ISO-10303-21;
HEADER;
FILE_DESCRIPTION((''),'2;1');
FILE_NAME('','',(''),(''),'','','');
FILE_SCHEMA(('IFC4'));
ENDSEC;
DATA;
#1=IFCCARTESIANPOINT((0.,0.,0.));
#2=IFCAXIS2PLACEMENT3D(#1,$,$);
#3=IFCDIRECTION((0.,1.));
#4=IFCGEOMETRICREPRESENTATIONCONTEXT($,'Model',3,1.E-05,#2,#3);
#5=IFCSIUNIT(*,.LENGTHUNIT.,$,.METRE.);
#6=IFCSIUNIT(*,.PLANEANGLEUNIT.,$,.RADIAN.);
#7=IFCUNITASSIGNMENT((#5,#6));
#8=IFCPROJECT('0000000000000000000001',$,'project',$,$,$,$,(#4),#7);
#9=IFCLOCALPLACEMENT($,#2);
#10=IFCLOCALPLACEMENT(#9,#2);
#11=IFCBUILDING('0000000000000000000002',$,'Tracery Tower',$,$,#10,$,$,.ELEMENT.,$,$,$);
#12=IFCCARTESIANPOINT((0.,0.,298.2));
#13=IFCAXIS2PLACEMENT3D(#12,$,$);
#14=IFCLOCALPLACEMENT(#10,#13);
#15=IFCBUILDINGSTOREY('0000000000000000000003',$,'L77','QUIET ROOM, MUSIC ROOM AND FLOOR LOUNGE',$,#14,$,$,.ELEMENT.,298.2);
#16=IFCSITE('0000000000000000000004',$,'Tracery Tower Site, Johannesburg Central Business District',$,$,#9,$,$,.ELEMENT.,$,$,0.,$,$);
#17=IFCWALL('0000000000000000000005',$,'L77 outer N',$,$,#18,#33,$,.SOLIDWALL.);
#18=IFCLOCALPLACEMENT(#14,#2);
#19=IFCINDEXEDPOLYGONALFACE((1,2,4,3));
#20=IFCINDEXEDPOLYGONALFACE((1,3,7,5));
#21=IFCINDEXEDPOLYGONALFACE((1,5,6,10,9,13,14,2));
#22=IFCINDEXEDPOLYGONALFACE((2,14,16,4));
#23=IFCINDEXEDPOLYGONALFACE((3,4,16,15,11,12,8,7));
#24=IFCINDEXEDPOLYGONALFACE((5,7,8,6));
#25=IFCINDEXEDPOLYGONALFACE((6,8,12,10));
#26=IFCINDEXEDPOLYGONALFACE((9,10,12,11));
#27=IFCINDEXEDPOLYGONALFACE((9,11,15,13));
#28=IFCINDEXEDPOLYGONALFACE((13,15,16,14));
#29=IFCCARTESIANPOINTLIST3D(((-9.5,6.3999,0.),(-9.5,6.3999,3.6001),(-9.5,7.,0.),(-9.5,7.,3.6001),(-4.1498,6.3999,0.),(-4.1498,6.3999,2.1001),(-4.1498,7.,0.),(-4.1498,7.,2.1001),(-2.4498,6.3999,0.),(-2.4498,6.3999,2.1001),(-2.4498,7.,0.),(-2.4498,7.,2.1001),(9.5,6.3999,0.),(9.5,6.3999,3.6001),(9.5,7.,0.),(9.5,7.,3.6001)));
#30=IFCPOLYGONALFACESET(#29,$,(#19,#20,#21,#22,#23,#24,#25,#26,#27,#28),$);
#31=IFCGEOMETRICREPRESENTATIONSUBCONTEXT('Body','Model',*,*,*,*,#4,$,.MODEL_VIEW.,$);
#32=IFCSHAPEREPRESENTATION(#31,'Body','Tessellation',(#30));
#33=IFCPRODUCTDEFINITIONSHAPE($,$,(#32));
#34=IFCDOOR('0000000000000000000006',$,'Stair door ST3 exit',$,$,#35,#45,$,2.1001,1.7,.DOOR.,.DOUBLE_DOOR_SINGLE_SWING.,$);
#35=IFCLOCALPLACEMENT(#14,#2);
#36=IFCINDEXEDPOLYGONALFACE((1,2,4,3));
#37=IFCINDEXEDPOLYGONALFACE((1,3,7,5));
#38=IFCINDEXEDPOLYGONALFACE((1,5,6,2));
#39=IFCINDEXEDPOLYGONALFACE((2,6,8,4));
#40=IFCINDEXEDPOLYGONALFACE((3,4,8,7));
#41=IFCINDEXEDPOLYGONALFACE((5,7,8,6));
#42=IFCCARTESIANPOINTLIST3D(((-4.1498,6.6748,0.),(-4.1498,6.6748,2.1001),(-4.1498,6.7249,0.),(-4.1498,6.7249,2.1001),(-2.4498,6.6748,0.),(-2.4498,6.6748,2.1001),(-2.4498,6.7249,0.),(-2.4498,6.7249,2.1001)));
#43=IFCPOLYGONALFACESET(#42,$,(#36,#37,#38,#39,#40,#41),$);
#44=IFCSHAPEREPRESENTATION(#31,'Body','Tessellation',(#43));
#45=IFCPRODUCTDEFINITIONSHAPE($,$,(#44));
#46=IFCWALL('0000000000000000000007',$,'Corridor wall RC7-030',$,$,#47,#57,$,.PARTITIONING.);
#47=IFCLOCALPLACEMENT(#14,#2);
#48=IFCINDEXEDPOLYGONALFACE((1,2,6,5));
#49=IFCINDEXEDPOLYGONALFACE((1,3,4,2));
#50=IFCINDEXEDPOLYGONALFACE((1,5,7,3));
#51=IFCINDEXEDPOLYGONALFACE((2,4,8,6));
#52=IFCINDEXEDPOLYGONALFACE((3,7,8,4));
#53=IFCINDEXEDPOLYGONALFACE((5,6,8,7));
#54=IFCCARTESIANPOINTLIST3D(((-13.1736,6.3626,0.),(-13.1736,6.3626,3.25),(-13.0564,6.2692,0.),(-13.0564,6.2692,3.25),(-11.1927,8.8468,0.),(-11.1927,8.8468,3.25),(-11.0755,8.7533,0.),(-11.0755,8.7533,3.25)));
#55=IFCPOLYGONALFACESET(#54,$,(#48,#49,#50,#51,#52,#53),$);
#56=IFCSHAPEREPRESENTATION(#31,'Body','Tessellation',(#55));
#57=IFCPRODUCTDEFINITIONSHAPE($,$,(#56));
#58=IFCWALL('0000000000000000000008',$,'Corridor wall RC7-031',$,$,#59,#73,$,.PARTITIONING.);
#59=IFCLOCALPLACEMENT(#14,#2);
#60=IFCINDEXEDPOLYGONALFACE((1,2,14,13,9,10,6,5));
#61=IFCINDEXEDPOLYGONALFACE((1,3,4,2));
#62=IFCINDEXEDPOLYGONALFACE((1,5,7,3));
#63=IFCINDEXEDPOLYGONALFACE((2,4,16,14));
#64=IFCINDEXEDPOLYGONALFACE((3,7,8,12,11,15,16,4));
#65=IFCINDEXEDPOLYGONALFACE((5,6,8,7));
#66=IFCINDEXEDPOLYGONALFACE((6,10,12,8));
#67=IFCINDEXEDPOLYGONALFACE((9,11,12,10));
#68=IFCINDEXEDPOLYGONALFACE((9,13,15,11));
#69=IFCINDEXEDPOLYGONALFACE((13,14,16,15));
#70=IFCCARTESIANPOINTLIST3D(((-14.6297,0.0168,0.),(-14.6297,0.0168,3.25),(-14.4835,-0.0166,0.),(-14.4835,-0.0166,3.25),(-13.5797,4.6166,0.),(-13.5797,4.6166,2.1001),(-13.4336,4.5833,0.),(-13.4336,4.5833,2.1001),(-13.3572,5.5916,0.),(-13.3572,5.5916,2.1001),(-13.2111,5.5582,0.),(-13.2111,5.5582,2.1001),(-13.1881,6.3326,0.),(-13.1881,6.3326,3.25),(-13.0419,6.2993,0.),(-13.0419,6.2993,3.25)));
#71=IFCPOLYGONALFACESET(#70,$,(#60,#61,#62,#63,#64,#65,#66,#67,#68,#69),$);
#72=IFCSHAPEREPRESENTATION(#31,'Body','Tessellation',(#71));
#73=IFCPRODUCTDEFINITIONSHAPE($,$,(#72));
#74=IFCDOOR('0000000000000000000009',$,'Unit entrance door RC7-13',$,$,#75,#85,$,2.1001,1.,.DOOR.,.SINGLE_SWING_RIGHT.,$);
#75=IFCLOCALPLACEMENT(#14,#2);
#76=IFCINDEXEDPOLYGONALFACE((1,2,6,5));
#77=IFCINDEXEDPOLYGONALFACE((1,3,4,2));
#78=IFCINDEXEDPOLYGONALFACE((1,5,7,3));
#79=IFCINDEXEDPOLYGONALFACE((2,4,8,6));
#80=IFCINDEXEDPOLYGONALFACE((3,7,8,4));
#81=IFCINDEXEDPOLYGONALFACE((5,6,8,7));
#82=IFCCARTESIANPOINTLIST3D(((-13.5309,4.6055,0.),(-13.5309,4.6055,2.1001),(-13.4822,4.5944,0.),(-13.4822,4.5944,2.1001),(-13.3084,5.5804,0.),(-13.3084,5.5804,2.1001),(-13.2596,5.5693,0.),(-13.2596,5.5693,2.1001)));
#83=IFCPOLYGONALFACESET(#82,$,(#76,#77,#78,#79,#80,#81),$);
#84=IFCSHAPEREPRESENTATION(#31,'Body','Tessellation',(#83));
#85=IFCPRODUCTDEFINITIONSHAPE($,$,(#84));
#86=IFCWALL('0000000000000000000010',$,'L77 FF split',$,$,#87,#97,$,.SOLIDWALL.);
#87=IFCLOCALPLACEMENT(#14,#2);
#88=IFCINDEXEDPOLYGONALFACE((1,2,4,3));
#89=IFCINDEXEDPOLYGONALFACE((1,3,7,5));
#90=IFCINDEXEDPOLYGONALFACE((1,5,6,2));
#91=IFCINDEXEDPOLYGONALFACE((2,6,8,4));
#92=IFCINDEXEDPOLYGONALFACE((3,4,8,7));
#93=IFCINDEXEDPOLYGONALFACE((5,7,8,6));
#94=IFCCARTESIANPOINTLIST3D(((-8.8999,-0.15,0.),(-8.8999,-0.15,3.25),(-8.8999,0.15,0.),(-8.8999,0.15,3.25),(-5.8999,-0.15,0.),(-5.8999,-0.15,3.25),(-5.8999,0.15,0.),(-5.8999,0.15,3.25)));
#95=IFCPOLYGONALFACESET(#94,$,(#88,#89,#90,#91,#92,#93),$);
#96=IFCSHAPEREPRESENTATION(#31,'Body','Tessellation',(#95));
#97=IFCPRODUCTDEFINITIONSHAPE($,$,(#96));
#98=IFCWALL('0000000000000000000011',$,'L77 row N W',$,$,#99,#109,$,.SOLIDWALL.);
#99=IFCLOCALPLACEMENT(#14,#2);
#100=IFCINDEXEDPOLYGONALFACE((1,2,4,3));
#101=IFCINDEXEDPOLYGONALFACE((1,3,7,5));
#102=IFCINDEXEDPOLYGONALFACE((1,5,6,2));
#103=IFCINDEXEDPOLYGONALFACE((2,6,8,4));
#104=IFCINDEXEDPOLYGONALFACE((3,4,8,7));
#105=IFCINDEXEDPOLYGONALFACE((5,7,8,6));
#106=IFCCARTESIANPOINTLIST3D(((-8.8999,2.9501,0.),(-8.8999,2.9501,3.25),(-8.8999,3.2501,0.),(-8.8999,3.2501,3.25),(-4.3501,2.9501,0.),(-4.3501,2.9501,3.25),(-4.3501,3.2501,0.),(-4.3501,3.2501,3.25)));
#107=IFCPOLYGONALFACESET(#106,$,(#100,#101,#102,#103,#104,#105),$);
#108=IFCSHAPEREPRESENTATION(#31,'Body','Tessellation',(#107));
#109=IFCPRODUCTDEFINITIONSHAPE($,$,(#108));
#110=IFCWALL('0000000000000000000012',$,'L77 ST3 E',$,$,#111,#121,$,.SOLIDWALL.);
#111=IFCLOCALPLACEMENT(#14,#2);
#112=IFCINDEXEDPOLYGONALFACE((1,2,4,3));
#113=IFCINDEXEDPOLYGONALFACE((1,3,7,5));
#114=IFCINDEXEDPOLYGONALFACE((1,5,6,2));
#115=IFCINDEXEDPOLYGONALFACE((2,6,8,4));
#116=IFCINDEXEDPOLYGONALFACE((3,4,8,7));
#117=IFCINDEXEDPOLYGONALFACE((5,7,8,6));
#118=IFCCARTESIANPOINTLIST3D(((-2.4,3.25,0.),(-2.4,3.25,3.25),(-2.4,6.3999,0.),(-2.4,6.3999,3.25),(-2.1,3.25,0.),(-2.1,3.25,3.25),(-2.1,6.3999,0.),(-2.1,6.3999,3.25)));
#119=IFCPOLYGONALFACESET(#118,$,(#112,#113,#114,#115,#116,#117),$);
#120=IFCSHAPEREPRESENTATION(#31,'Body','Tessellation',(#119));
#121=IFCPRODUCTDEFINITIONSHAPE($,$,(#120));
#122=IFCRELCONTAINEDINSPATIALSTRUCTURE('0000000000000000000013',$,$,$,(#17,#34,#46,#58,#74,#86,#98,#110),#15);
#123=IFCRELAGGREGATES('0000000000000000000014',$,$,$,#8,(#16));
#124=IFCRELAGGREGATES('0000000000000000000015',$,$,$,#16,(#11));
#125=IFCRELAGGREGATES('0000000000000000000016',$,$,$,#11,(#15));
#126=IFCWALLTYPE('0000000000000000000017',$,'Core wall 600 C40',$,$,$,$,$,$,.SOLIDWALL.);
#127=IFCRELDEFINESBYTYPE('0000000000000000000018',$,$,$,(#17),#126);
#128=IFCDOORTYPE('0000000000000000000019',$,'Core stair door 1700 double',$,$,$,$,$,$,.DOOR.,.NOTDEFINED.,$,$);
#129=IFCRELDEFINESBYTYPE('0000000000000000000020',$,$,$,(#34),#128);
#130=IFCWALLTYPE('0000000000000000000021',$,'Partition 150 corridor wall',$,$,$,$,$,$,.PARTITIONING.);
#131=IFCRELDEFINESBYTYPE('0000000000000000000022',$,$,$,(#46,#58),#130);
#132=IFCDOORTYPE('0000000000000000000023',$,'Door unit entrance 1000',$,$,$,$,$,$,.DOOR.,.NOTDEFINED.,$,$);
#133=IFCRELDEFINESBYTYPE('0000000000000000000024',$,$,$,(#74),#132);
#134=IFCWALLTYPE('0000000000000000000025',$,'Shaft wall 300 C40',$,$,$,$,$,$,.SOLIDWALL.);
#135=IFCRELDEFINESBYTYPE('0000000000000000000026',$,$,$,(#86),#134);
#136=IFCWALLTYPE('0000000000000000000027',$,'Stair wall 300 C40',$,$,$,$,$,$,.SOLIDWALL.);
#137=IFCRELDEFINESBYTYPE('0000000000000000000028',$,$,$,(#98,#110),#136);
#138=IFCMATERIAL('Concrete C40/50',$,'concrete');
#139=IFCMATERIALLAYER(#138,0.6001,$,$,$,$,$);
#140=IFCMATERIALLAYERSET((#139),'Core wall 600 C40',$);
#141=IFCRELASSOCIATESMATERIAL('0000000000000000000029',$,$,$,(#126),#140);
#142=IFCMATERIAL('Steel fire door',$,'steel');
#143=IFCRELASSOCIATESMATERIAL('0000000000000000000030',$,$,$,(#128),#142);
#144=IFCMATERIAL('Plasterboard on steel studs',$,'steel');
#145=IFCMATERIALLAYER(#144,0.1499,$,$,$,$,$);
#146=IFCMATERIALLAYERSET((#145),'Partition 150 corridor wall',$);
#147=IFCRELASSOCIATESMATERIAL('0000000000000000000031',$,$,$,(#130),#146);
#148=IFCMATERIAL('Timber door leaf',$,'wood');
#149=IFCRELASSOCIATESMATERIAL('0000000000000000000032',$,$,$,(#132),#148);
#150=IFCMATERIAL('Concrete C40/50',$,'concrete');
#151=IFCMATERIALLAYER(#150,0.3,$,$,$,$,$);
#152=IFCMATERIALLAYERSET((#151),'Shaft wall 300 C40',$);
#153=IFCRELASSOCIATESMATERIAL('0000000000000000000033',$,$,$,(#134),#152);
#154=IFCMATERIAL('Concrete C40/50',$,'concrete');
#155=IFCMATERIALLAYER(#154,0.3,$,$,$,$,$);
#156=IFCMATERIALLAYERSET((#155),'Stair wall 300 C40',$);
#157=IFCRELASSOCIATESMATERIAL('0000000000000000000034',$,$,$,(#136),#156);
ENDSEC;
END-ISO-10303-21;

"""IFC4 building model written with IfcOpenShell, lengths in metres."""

from ifc_helpers import new_model, si_unit, direction, frame, frame_2d, origin, place, context, subcontext, project, spatial, rectangle, extrude, material, layer, layer_set, type_object, element, fill, save


model = new_model("IFC4")

# Units and contexts
model_context = context("Model", 3, precision=1e-05, world=origin(), true_north=direction((0.0, 1.0)))
body_context = subcontext(model_context, "Body", "Model", "MODEL_VIEW")
ifc_project = project(units=[si_unit("LENGTHUNIT", "METRE"), si_unit("PLANEANGLEUNIT", "RADIAN")], contexts=[model_context])

# Site, building, storey
site_placement = place(None, origin())
site = spatial("IfcSite", under=ifc_project, at=site_placement, Name="Tracery Tower Site, Johannesburg Central Business District", CompositionType="ELEMENT", RefElevation=0.0)
building_placement = place(site_placement, origin())
building = spatial("IfcBuilding", under=site, at=building_placement, Name="Tracery Tower", CompositionType="ELEMENT")
storey_placement = place(building_placement, frame((0.0, 0.0, 298.2)))
storey = spatial("IfcBuildingStorey", under=building, at=storey_placement, Name="L77", Description="QUIET ROOM, MUSIC ROOM AND FLOOR LOUNGE", CompositionType="ELEMENT", Elevation=298.2)

# Wall, opening, door
ifc_material_1 = material(Name="Concrete C40/50", Category="concrete")
ifc_layer_1 = layer(ifc_material_1, 0.6001)
ifc_layer_set_1 = layer_set([ifc_layer_1], Name="Core wall 600 C40")
wall_type_1 = type_object("IfcWallType", Name="Core wall 600 C40", PredefinedType="SOLIDWALL", material=ifc_layer_set_1)
wall_1_placement = place(storey_placement, frame((-9.5, 6.7, 0.0), z_axis=(0.0, 0.0, 1.0), x_axis=(1.0, 0.0, 0.0)))
wall_1 = element("IfcWall", 1, at=wall_1_placement, inside=storey, type_object=wall_type_1, Name="L77 outer N", PredefinedType="SOLIDWALL", context=body_context, shape_type="SweptSolid", body=[
    extrude(rectangle(XDim=19.0, YDim=0.6001, at=frame_2d((9.5, 0.0))), origin(), (0.0, 0.0, 1.0), 3.6001),
])
opening_1_placement = place(wall_1_placement, frame((5.3501, 0.0, 0.0)))
opening_1 = element("IfcOpeningElement", 2, at=opening_1_placement, cuts=wall_1, PredefinedType="OPENING", context=body_context, shape_type="SweptSolid", body=[
    extrude(rectangle(XDim=1.7, YDim=2.1001, at=frame_2d((0.8501, 1.05))), frame((0.0, 0.3, 0.0), z_axis=(0.0, -1.0, 0.0), x_axis=(1.0, 0.0, 0.0)), (0.0, 0.0, 1.0), 0.6001),
])
ifc_material_2 = material(Name="Steel fire door", Category="steel")
door_type_1 = type_object("IfcDoorType", Name="Core stair door 1700 double", OperationType="NOTDEFINED", PredefinedType="DOOR", material=ifc_material_2)
door_1_placement = place(opening_1_placement, origin())
door_1 = element("IfcDoor", 3, at=door_1_placement, inside=storey, type_object=door_type_1, Name="Stair door ST3 exit", OperationType="DOUBLE_DOOR_SINGLE_SWING", OverallHeight=2.1001, OverallWidth=1.7, PredefinedType="DOOR", context=body_context, shape_type="SweptSolid", body=[
    extrude(rectangle(XDim=1.7, YDim=2.1001, at=frame_2d((0.8501, 1.05))), frame((0.0, 0.0249, 0.0), z_axis=(0.0, -1.0, 0.0), x_axis=(1.0, 0.0, 0.0)), (0.0, 0.0, 1.0), 0.05),
])
fill(opening_1, door_1)

# Wall
ifc_material_3 = material(Name="Plasterboard on steel studs", Category="steel")
ifc_layer_2 = layer(ifc_material_3, 0.1499)
ifc_layer_set_2 = layer_set([ifc_layer_2], Name="Partition 150 corridor wall")
wall_type_2 = type_object("IfcWallType", Name="Partition 150 corridor wall", PredefinedType="PARTITIONING", material=ifc_layer_set_2)
wall_2_placement = place(storey_placement, frame((-13.115, 6.3159, 0.0), z_axis=(0.0, 0.0, 1.0), x_axis=(0.623476, 0.781842, 0.0)))
element("IfcWall", 4, at=wall_2_placement, inside=storey, type_object=wall_type_2, Name="Corridor wall RC7-030", PredefinedType="PARTITIONING", context=body_context, shape_type="SweptSolid", body=[
    extrude(rectangle(XDim=3.1772, YDim=0.1499, at=frame_2d((1.5886, 0.0))), origin(), (0.0, 0.0, 1.0), 3.25),
])

# Wall, opening, door
wall_3_placement = place(storey_placement, frame((-14.5566, 0.0, 0.0), z_axis=(0.0, 0.0, 1.0), x_axis=(0.222533, 0.974925, 0.0)))
wall_3 = element("IfcWall", 5, at=wall_3_placement, inside=storey, type_object=wall_type_2, Name="Corridor wall RC7-031", PredefinedType="PARTITIONING", context=body_context, shape_type="SweptSolid", body=[
    extrude(rectangle(XDim=6.4783, YDim=0.1499, at=frame_2d((3.2393, 0.0))), origin(), (0.0, 0.0, 1.0), 3.25),
])
opening_2_placement = place(wall_3_placement, frame((4.7183, 0.0, 0.0)))
opening_2 = element("IfcOpeningElement", 6, at=opening_2_placement, cuts=wall_3, PredefinedType="OPENING", context=body_context, shape_type="SweptSolid", body=[
    extrude(rectangle(XDim=1.0, YDim=2.1001, at=frame_2d((0.5, 1.05))), frame((0.0, 0.075, 0.0), z_axis=(0.0, -1.0, 0.0), x_axis=(1.0, 0.0, 0.0)), (0.0, 0.0, 1.0), 0.1499),
])
ifc_material_4 = material(Name="Timber door leaf", Category="wood")
door_type_2 = type_object("IfcDoorType", Name="Door unit entrance 1000", OperationType="NOTDEFINED", PredefinedType="DOOR", material=ifc_material_4)
door_2_placement = place(opening_2_placement, origin())
door_2 = element("IfcDoor", 7, at=door_2_placement, inside=storey, type_object=door_type_2, Name="Unit entrance door RC7-13", OperationType="SINGLE_SWING_RIGHT", OverallHeight=2.1001, OverallWidth=1.0, PredefinedType="DOOR", context=body_context, shape_type="SweptSolid", body=[
    extrude(rectangle(XDim=1.0, YDim=2.1001, at=frame_2d((0.5, 1.05))), frame((0.0, 0.0249, 0.0), z_axis=(0.0, -1.0, 0.0), x_axis=(1.0, 0.0, 0.0)), (0.0, 0.0, 1.0), 0.05),
])
fill(opening_2, door_2)

# Walls
ifc_material_5 = material(Name="Concrete C40/50", Category="concrete")
ifc_layer_3 = layer(ifc_material_5, 0.3)
ifc_layer_set_3 = layer_set([ifc_layer_3], Name="Shaft wall 300 C40")
wall_type_3 = type_object("IfcWallType", Name="Shaft wall 300 C40", PredefinedType="SOLIDWALL", material=ifc_layer_set_3)
wall_4_placement = place(storey_placement, frame((-8.8999, 0.0, 0.0), z_axis=(0.0, 0.0, 1.0), x_axis=(1.0, 0.0, 0.0)))
element("IfcWall", 8, at=wall_4_placement, inside=storey, type_object=wall_type_3, Name="L77 FF split", PredefinedType="SOLIDWALL", context=body_context, shape_type="SweptSolid", body=[
    extrude(rectangle(XDim=3.0, YDim=0.3, at=frame_2d((1.5, 0.0))), origin(), (0.0, 0.0, 1.0), 3.25),
])
ifc_material_6 = material(Name="Concrete C40/50", Category="concrete")
ifc_layer_4 = layer(ifc_material_6, 0.3)
ifc_layer_set_4 = layer_set([ifc_layer_4], Name="Stair wall 300 C40")
wall_type_4 = type_object("IfcWallType", Name="Stair wall 300 C40", PredefinedType="SOLIDWALL", material=ifc_layer_set_4)
wall_5_placement = place(storey_placement, frame((-8.8999, 3.1001, 0.0), z_axis=(0.0, 0.0, 1.0), x_axis=(1.0, 0.0, 0.0)))
element("IfcWall", 9, at=wall_5_placement, inside=storey, type_object=wall_type_4, Name="L77 row N W", PredefinedType="SOLIDWALL", context=body_context, shape_type="SweptSolid", body=[
    extrude(rectangle(XDim=4.5498, YDim=0.3, at=frame_2d((2.2749, 0.0))), origin(), (0.0, 0.0, 1.0), 3.25),
])

# Wall
wall_6_placement = place(storey_placement, frame((-2.25, 3.25, 0.0), z_axis=(0.0, 0.0, 1.0), x_axis=(0.0, 1.0, 0.0)))
element("IfcWall", 10, at=wall_6_placement, inside=storey, type_object=wall_type_4, Name="L77 ST3 E", PredefinedType="SOLIDWALL", context=body_context, shape_type="SweptSolid", body=[
    extrude(rectangle(XDim=3.1499, YDim=0.3, at=frame_2d((1.575, 0.0))), origin(), (0.0, 0.0, 1.0), 3.25),
])

save(model, "model.ifc")
